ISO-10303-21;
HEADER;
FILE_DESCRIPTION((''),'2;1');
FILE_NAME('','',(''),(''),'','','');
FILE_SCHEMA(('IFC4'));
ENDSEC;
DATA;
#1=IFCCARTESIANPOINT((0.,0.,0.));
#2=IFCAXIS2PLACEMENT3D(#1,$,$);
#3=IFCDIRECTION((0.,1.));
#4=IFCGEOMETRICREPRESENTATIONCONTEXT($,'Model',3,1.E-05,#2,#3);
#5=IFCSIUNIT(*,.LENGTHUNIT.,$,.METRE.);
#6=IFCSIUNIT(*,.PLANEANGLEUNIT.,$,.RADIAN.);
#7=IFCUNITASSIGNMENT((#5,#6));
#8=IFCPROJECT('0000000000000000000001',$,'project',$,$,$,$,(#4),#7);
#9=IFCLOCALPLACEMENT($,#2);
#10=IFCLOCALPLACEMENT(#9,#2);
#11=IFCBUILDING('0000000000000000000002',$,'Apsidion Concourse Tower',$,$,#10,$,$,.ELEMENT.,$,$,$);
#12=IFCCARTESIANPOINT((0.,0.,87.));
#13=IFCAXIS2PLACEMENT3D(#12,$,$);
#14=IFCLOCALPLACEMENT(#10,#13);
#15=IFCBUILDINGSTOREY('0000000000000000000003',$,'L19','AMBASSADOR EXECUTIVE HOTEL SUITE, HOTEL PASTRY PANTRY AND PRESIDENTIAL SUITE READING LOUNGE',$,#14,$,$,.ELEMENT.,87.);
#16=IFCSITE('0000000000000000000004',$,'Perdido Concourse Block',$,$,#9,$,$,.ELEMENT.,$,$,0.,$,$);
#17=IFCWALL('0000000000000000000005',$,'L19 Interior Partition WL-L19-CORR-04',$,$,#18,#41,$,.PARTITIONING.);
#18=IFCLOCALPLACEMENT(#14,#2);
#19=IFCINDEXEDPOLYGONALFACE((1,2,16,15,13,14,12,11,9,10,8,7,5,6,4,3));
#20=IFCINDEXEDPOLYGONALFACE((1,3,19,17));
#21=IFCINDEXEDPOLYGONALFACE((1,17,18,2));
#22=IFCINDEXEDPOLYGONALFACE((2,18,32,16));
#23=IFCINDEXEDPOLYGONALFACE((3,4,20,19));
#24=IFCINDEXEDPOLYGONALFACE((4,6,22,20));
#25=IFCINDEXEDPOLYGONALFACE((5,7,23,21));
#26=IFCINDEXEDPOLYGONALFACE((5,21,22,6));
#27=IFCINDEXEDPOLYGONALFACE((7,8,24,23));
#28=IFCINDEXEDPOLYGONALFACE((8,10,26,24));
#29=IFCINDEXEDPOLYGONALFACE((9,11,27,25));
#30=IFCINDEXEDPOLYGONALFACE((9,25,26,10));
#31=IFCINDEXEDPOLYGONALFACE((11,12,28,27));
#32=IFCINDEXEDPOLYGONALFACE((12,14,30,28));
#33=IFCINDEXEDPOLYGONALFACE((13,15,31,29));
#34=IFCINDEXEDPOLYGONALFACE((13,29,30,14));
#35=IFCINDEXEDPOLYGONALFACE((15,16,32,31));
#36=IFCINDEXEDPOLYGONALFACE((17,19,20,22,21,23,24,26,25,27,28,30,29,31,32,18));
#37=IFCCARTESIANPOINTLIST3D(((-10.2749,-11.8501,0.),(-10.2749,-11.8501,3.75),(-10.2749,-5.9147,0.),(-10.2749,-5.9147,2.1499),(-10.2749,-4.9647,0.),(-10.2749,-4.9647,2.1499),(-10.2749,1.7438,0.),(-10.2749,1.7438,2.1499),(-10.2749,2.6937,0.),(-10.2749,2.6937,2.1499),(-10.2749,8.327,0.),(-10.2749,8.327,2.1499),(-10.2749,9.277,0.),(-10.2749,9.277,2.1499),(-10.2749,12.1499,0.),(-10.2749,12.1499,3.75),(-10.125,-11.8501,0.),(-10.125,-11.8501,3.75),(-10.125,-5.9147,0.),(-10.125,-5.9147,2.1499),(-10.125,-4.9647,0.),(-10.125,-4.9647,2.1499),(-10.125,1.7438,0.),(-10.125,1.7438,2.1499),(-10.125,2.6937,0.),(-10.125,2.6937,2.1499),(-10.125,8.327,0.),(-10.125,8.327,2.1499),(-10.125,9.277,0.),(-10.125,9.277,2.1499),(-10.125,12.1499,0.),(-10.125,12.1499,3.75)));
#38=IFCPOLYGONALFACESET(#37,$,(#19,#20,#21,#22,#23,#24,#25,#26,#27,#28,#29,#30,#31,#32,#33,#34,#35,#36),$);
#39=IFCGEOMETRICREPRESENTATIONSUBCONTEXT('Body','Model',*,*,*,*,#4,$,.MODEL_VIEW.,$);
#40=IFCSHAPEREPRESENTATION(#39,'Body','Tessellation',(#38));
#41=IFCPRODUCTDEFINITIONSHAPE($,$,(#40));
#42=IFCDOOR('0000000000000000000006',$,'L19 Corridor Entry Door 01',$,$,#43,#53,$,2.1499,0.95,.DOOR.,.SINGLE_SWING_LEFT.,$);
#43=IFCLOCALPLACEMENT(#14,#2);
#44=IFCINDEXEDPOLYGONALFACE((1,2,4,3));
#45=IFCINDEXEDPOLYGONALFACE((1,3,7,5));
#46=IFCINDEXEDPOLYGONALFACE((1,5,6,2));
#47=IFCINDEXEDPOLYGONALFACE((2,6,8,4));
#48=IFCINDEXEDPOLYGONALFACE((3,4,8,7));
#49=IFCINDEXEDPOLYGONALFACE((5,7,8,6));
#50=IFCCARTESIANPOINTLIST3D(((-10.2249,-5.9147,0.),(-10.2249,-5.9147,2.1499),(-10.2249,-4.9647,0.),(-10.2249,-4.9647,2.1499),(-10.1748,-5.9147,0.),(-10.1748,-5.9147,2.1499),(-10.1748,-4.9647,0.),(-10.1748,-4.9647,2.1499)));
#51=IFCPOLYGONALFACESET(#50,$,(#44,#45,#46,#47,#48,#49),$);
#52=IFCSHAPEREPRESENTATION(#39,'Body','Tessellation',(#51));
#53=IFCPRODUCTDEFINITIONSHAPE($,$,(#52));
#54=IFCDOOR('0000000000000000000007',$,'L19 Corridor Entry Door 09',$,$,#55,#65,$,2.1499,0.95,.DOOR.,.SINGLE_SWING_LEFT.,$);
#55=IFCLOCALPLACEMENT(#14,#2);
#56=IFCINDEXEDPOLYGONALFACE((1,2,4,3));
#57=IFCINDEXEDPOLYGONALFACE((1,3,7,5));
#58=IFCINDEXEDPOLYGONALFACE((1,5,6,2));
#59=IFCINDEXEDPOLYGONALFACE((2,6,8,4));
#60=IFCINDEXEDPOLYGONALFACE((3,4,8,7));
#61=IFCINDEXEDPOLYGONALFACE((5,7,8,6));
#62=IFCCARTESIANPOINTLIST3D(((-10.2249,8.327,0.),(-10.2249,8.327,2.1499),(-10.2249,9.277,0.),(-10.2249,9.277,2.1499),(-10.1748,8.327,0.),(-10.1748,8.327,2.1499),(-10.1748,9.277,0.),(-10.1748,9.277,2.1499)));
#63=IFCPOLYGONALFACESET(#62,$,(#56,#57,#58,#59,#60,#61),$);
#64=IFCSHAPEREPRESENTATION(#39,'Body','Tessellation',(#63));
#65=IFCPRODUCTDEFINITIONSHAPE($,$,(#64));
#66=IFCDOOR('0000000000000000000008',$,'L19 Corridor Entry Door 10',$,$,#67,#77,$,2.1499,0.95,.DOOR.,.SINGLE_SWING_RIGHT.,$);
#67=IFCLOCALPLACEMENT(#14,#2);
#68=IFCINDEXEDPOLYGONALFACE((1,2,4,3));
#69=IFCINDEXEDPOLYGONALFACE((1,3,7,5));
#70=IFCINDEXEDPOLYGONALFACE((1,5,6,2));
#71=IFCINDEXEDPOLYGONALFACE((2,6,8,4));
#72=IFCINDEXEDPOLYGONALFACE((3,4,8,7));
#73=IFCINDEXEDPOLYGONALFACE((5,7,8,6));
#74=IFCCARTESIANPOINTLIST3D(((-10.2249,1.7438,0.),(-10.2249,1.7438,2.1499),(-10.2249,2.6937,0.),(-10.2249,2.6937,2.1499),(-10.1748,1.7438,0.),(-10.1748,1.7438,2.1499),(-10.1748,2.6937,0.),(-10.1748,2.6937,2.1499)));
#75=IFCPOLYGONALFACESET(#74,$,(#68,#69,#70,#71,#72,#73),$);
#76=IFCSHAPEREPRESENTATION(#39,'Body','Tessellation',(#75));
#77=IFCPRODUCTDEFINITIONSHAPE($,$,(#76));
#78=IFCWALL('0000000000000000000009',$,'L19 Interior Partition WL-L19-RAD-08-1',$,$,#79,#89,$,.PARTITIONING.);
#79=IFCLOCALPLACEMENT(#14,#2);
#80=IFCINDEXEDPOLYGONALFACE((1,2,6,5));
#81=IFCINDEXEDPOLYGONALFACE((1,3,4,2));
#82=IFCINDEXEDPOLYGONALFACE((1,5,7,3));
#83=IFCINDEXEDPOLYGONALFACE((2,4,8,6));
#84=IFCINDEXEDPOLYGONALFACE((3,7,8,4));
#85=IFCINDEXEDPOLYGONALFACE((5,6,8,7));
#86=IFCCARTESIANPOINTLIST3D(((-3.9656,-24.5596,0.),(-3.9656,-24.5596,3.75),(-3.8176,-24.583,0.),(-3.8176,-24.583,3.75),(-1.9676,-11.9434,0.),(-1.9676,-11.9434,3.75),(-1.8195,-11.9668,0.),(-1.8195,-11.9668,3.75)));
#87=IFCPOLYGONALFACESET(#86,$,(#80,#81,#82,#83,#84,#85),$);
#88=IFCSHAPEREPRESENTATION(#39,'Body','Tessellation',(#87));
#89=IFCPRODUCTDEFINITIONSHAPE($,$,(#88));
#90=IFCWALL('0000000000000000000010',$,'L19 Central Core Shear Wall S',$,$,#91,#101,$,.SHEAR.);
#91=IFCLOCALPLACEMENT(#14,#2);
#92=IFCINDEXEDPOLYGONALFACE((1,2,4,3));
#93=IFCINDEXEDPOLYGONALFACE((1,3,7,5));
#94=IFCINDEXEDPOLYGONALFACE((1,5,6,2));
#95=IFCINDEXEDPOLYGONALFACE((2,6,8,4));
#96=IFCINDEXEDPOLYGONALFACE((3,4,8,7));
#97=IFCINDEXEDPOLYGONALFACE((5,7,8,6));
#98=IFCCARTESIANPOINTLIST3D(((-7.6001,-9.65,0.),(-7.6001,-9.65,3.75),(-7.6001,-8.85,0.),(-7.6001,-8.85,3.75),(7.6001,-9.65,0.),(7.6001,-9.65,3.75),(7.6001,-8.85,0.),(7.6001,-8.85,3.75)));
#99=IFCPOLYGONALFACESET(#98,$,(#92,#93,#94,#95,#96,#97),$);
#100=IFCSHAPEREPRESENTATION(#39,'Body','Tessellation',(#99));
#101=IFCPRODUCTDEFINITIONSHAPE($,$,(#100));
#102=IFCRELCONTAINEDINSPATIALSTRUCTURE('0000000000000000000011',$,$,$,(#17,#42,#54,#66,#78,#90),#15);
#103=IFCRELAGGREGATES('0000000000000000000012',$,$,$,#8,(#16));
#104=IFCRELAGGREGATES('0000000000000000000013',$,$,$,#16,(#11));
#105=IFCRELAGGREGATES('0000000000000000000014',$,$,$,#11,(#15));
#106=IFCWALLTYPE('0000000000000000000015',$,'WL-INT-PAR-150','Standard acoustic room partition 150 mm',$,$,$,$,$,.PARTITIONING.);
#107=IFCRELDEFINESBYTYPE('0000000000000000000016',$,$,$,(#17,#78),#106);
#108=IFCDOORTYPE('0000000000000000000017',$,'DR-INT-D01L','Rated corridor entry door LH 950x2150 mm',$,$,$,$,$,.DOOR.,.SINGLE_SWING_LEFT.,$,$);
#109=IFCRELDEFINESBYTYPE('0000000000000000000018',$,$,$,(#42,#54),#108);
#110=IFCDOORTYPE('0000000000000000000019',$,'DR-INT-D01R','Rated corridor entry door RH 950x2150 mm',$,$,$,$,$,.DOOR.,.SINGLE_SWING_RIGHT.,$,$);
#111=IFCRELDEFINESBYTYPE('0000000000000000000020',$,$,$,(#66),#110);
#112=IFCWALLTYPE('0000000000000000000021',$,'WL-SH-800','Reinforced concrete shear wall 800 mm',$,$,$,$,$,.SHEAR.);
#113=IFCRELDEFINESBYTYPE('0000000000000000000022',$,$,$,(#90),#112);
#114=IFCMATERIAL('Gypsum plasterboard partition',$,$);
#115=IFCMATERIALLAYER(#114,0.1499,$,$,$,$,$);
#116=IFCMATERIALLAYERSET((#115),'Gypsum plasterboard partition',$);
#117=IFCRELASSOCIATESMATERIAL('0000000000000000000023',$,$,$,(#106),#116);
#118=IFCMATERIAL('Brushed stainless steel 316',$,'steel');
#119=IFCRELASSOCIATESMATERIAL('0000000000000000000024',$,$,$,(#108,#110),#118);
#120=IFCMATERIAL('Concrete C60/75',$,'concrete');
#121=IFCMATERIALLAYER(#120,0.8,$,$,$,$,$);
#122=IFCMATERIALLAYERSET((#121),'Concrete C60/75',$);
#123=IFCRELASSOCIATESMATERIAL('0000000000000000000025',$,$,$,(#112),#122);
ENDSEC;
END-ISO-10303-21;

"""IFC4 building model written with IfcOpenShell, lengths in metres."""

from ifc_helpers import new_model, si_unit, direction, frame, frame_2d, origin, place, context, subcontext, project, spatial, rectangle, extrude, material, layer, layer_set, type_object, element, fill, save


model = new_model("IFC4")

# Units and contexts
model_context = context("Model", 3, precision=1e-05, world=origin(), true_north=direction((0.0, 1.0)))
body_context = subcontext(model_context, "Body", "Model", "MODEL_VIEW")
ifc_project = project(units=[si_unit("LENGTHUNIT", "METRE"), si_unit("PLANEANGLEUNIT", "RADIAN")], contexts=[model_context])

# Site, building, storey
site_placement = place(None, origin())
site = spatial("IfcSite", under=ifc_project, at=site_placement, Name="Perdido Concourse Block", CompositionType="ELEMENT", RefElevation=0.0)
building_placement = place(site_placement, origin())
building = spatial("IfcBuilding", under=site, at=building_placement, Name="Apsidion Concourse Tower", CompositionType="ELEMENT")
storey_placement = place(building_placement, frame((0.0, 0.0, 87.0)))
storey = spatial("IfcBuildingStorey", under=building, at=storey_placement, Name="L19", Description="AMBASSADOR EXECUTIVE HOTEL SUITE, HOTEL PASTRY PANTRY AND PRESIDENTIAL SUITE READING LOUNGE", CompositionType="ELEMENT", Elevation=87.0)

# Shared definitions
ifc_material_1 = material(Name="Concrete C60/75", Category="concrete")

# Shared definitions
ifc_material_2 = material(Name="Gypsum plasterboard partition")
ifc_layer_1 = layer(ifc_material_2, 0.1499)
ifc_layer_set_1 = layer_set([ifc_layer_1], Name="Gypsum plasterboard partition")
wall_type_1 = type_object("IfcWallType", Name="WL-INT-PAR-150", Description="Standard acoustic room partition 150 mm", PredefinedType="PARTITIONING", material=ifc_layer_set_1)

# Wall, openings, doors
wall_1_placement = place(storey_placement, frame((-10.2, -11.8501, 0.0), z_axis=(0.0, 0.0, 1.0), x_axis=(0.0, 1.0, 0.0)))
wall_1 = element("IfcWall", 1, at=wall_1_placement, inside=storey, type_object=wall_type_1, Name="L19 Interior Partition WL-L19-CORR-04", PredefinedType="PARTITIONING", context=body_context, shape_type="SweptSolid", body=[
    extrude(rectangle(XDim=24.0, YDim=0.1499, at=frame_2d((12.0, 0.0))), origin(), (0.0, 0.0, 1.0), 3.75),
])
opening_1_placement = place(wall_1_placement, frame((5.9353, 0.0, 0.0)))
opening_1 = element("IfcOpeningElement", 2, at=opening_1_placement, cuts=wall_1, PredefinedType="OPENING", context=body_context, shape_type="SweptSolid", body=[
    extrude(rectangle(XDim=0.95, YDim=2.1499, at=frame_2d((0.4751, 1.075))), frame((0.0, 0.085, 0.0), z_axis=(0.0, -1.0, 0.0), x_axis=(1.0, 0.0, 0.0)), (0.0, 0.0, 1.0), 0.1699),
])
opening_2_placement = place(wall_1_placement, frame((20.177, 0.0, 0.0)))
opening_2 = element("IfcOpeningElement", 3, at=opening_2_placement, cuts=wall_1, PredefinedType="OPENING", context=body_context, shape_type="SweptSolid", body=[
    extrude(rectangle(XDim=0.95, YDim=2.1499, at=frame_2d((0.4751, 1.075))), frame((0.0, 0.085, 0.0), z_axis=(0.0, -1.0, 0.0), x_axis=(1.0, 0.0, 0.0)), (0.0, 0.0, 1.0), 0.1699),
])
opening_3_placement = place(wall_1_placement, frame((13.5938, 0.0, 0.0)))
opening_3 = element("IfcOpeningElement", 4, at=opening_3_placement, cuts=wall_1, PredefinedType="OPENING", context=body_context, shape_type="SweptSolid", body=[
    extrude(rectangle(XDim=0.95, YDim=2.1499, at=frame_2d((0.4751, 1.075))), frame((0.0, 0.085, 0.0), z_axis=(0.0, -1.0, 0.0), x_axis=(1.0, 0.0, 0.0)), (0.0, 0.0, 1.0), 0.1699),
])
ifc_material_3 = material(Name="Brushed stainless steel 316", Category="steel")
door_type_1 = type_object("IfcDoorType", Name="DR-INT-D01L", Description="Rated corridor entry door LH 950x2150 mm", OperationType="SINGLE_SWING_LEFT", PredefinedType="DOOR", material=ifc_material_3)
door_1_placement = place(opening_1_placement, origin())
door_1 = element("IfcDoor", 5, at=door_1_placement, inside=storey, type_object=door_type_1, Name="L19 Corridor Entry Door 01", OperationType="SINGLE_SWING_LEFT", OverallHeight=2.1499, OverallWidth=0.95, PredefinedType="DOOR", context=body_context, shape_type="SweptSolid", body=[
    extrude(rectangle(XDim=0.95, YDim=2.1499, at=frame_2d((0.4751, 1.075))), frame((0.0, 0.0249, 0.0), z_axis=(0.0, -1.0, 0.0), x_axis=(1.0, 0.0, 0.0)), (0.0, 0.0, 1.0), 0.05),
])
fill(opening_1, door_1)
door_2_placement = place(opening_2_placement, origin())
door_2 = element("IfcDoor", 6, at=door_2_placement, inside=storey, type_object=door_type_1, Name="L19 Corridor Entry Door 09", OperationType="SINGLE_SWING_LEFT", OverallHeight=2.1499, OverallWidth=0.95, PredefinedType="DOOR", context=body_context, shape_type="SweptSolid", body=[
    extrude(rectangle(XDim=0.95, YDim=2.1499, at=frame_2d((0.4751, 1.075))), frame((0.0, 0.0249, 0.0), z_axis=(0.0, -1.0, 0.0), x_axis=(1.0, 0.0, 0.0)), (0.0, 0.0, 1.0), 0.05),
])
fill(opening_2, door_2)
door_type_2 = type_object("IfcDoorType", Name="DR-INT-D01R", Description="Rated corridor entry door RH 950x2150 mm", OperationType="SINGLE_SWING_RIGHT", PredefinedType="DOOR", material=ifc_material_3)
door_3_placement = place(opening_3_placement, origin())
door_3 = element("IfcDoor", 7, at=door_3_placement, inside=storey, type_object=door_type_2, Name="L19 Corridor Entry Door 10", OperationType="SINGLE_SWING_RIGHT", OverallHeight=2.1499, OverallWidth=0.95, PredefinedType="DOOR", context=body_context, shape_type="SweptSolid", body=[
    extrude(rectangle(XDim=0.95, YDim=2.1499, at=frame_2d((0.4751, 1.075))), frame((0.0, 0.0249, 0.0), z_axis=(0.0, -1.0, 0.0), x_axis=(1.0, 0.0, 0.0)), (0.0, 0.0, 1.0), 0.05),
])
fill(opening_3, door_3)

# Wall
wall_2_placement = place(storey_placement, frame((-1.8936, -11.9551, 0.0), z_axis=(0.0, 0.0, 1.0), x_axis=(-0.156422, -0.98769, 0.0)))
element("IfcWall", 8, at=wall_2_placement, inside=storey, type_object=wall_type_1, Name="L19 Interior Partition WL-L19-RAD-08-1", PredefinedType="PARTITIONING", context=body_context, shape_type="SweptSolid", body=[
    extrude(rectangle(XDim=12.7734, YDim=0.1499, at=frame_2d((6.3867, 0.0))), origin(), (0.0, 0.0, 1.0), 3.75),
])

# Shared definitions
ifc_layer_2 = layer(ifc_material_1, 0.8)
ifc_layer_set_2 = layer_set([ifc_layer_2], Name="Concrete C60/75")
wall_type_2 = type_object("IfcWallType", Name="WL-SH-800", Description="Reinforced concrete shear wall 800 mm", PredefinedType="SHEAR", material=ifc_layer_set_2)

# Wall
wall_3_placement = place(storey_placement, frame((-7.6001, -9.25, 0.0), z_axis=(0.0, 0.0, 1.0), x_axis=(1.0, 0.0, 0.0)))
element("IfcWall", 9, at=wall_3_placement, inside=storey, type_object=wall_type_2, Name="L19 Central Core Shear Wall S", PredefinedType="SHEAR", context=body_context, shape_type="SweptSolid", body=[
    extrude(rectangle(XDim=15.2002, YDim=0.8, at=frame_2d((7.6001, 0.0))), origin(), (0.0, 0.0, 1.0), 3.75),
])

save(model, "model.ifc")
